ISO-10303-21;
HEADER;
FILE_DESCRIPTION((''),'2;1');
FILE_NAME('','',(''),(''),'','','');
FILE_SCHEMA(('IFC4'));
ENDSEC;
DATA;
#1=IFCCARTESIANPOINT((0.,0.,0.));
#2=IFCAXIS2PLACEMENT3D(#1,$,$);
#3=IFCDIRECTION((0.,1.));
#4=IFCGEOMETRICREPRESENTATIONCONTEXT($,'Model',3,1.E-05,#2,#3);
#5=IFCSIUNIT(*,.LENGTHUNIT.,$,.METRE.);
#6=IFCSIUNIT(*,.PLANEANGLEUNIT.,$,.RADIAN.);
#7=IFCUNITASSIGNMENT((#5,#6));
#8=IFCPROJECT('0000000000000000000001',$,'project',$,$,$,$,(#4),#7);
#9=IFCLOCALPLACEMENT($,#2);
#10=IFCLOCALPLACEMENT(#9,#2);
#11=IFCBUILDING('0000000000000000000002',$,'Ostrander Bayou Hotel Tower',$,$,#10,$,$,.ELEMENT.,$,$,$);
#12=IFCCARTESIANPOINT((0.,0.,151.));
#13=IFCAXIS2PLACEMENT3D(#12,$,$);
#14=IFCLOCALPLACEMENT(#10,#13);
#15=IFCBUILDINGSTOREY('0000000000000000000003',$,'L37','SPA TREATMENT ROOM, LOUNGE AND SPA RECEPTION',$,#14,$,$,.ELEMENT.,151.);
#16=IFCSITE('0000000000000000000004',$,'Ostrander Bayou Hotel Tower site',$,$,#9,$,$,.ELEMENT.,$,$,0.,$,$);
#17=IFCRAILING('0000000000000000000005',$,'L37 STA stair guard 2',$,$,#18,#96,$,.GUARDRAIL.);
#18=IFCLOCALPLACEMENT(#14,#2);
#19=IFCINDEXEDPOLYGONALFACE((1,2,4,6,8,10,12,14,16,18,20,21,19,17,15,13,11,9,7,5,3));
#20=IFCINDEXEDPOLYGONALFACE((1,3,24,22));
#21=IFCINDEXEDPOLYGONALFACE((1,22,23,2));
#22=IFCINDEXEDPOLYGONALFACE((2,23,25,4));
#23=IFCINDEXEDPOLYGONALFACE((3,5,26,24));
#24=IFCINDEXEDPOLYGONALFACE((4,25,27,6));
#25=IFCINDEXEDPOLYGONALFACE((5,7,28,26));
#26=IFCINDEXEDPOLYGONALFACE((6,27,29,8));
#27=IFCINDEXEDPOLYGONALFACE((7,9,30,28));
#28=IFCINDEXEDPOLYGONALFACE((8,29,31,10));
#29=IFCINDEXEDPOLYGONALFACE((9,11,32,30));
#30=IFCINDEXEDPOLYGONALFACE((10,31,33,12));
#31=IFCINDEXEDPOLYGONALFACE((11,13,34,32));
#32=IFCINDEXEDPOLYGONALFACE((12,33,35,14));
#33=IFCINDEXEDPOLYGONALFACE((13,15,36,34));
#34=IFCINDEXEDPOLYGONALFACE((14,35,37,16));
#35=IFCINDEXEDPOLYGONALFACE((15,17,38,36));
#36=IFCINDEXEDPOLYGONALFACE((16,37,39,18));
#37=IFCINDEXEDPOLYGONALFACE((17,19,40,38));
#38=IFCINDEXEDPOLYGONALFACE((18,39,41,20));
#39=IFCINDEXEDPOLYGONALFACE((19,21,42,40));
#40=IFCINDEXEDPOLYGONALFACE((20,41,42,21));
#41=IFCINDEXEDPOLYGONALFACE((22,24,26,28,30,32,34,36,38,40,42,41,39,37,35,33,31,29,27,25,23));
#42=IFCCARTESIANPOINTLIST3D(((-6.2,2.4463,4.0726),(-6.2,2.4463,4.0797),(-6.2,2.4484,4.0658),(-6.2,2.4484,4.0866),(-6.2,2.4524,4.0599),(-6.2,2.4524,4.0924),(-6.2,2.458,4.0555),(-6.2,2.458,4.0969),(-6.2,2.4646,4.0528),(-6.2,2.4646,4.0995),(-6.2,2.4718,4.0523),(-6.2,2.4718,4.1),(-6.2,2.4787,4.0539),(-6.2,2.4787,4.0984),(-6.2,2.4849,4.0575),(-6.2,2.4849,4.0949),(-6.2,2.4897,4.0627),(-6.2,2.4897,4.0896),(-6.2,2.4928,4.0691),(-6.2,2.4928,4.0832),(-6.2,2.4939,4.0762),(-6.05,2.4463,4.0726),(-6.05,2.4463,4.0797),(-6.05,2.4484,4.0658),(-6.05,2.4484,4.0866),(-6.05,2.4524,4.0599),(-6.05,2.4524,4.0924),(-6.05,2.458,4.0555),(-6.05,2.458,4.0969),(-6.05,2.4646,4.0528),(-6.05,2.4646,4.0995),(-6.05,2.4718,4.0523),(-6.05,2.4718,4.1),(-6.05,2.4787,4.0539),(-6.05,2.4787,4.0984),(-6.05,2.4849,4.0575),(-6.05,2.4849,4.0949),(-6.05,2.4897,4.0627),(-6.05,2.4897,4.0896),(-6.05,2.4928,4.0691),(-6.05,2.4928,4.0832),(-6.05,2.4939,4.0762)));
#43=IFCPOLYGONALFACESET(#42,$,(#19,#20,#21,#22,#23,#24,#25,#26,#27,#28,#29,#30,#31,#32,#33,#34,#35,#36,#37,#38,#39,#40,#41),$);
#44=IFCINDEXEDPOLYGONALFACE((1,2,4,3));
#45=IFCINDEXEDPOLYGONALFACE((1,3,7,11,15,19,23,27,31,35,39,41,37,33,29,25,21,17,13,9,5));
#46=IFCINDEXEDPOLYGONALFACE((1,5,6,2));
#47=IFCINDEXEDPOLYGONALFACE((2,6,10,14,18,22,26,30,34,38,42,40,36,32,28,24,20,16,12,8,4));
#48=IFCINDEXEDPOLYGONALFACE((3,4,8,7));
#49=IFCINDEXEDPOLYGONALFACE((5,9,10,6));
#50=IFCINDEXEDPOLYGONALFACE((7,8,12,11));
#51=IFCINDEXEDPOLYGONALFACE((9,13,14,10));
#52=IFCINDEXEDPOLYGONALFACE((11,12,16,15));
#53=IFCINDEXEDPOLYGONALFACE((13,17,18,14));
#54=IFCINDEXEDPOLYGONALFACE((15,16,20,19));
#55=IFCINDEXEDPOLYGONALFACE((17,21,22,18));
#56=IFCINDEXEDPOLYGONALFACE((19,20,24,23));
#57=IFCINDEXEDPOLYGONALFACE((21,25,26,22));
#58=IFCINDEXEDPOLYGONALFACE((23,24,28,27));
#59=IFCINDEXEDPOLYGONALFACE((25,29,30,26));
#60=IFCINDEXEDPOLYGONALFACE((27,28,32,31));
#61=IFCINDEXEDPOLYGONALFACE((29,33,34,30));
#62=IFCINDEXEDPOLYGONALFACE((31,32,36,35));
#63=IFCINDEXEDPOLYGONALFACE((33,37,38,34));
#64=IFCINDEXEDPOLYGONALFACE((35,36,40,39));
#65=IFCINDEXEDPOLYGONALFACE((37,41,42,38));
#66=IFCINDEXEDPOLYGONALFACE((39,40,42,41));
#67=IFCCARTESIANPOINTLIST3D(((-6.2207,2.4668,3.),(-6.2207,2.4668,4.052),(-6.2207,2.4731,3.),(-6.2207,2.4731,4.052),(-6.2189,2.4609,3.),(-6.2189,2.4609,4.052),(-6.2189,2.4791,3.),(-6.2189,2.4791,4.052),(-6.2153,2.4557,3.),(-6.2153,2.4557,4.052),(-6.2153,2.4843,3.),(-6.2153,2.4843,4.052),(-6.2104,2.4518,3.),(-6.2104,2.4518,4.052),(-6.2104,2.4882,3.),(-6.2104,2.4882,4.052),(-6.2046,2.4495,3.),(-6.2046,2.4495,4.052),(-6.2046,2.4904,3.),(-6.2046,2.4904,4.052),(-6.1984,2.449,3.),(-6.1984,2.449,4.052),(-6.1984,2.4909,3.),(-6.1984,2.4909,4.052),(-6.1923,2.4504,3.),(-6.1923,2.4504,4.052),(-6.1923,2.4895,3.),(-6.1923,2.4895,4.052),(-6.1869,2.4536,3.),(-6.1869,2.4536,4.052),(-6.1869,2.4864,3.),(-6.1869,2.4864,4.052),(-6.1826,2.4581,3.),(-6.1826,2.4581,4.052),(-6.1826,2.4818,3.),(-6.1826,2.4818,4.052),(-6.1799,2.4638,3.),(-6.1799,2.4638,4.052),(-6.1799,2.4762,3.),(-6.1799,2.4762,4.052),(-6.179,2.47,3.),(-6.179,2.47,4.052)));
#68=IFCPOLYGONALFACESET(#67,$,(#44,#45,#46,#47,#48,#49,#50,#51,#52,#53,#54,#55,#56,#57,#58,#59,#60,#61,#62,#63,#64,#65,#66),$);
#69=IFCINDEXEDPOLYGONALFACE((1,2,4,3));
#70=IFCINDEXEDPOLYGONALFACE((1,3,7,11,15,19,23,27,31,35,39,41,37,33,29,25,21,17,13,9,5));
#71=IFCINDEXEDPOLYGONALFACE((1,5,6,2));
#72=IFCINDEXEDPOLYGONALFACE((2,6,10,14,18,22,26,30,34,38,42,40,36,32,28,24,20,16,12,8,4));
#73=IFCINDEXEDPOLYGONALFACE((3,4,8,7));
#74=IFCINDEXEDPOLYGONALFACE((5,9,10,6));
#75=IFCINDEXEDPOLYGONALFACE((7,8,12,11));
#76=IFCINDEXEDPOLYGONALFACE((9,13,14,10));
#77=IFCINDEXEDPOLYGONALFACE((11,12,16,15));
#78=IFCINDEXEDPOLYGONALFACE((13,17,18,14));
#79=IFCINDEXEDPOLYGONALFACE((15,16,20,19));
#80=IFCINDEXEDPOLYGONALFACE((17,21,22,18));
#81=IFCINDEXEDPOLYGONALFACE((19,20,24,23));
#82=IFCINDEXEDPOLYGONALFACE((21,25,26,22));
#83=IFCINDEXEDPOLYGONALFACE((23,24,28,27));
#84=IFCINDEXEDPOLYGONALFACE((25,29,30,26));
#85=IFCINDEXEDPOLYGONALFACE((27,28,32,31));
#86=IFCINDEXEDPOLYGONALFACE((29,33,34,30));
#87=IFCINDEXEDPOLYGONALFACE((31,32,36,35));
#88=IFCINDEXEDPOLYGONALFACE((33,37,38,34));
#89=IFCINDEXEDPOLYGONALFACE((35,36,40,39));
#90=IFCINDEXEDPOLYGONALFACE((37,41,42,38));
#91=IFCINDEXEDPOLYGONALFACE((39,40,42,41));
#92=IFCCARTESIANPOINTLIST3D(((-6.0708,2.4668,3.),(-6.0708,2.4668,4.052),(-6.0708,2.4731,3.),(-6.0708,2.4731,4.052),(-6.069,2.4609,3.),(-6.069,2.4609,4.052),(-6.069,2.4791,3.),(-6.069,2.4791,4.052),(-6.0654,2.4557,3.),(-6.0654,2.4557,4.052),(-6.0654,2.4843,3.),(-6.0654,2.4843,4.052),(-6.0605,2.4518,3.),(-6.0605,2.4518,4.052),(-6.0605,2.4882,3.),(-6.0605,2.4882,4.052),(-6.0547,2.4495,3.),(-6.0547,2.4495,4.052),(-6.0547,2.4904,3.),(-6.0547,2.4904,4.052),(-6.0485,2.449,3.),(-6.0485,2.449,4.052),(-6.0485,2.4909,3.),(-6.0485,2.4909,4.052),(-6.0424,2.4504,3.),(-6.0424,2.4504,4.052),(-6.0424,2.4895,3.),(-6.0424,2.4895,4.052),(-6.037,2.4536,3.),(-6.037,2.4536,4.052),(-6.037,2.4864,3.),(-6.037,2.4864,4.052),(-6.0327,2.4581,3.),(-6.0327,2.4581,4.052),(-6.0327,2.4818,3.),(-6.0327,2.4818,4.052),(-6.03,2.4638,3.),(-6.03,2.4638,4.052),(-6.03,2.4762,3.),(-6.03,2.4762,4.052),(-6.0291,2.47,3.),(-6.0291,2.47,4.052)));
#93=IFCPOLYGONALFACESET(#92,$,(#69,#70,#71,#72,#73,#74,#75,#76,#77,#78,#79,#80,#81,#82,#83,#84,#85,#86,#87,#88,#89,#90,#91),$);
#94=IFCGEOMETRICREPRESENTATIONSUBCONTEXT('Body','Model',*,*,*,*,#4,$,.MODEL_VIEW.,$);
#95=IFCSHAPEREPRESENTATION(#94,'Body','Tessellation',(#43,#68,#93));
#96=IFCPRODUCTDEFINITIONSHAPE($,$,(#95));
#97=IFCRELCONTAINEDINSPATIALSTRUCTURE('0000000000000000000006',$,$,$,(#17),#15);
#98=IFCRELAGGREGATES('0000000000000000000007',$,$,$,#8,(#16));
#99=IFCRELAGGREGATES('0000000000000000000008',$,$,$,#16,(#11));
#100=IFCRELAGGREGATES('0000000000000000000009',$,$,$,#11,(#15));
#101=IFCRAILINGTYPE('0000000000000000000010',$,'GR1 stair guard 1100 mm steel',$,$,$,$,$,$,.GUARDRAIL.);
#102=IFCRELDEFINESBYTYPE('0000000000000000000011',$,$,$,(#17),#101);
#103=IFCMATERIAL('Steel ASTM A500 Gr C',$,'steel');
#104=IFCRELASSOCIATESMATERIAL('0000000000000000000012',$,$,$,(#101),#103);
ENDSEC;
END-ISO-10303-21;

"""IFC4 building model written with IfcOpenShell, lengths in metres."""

from ifc_helpers import new_model, si_unit, direction, frame, origin, origin_2d, place, context, subcontext, project, spatial, circle, extrude, material, type_object, element, save


model = new_model("IFC4")

# Units and contexts
model_context = context("Model", 3, precision=1e-05, world=origin(), true_north=direction((0.0, 1.0)))
body_context = subcontext(model_context, "Body", "Model", "MODEL_VIEW")
ifc_project = project(units=[si_unit("LENGTHUNIT", "METRE"), si_unit("PLANEANGLEUNIT", "RADIAN")], contexts=[model_context])

# Site, building, storey
site_placement = place(None, origin())
site = spatial("IfcSite", under=ifc_project, at=site_placement, Name="Ostrander Bayou Hotel Tower site", CompositionType="ELEMENT", RefElevation=0.0)
building_placement = place(site_placement, origin())
building = spatial("IfcBuilding", under=site, at=building_placement, Name="Ostrander Bayou Hotel Tower", CompositionType="ELEMENT")
storey_placement = place(building_placement, frame((0.0, 0.0, 151.0)))
storey = spatial("IfcBuildingStorey", under=building, at=storey_placement, Name="L37", Description="SPA TREATMENT ROOM, LOUNGE AND SPA RECEPTION", CompositionType="ELEMENT", Elevation=151.0)

# Railing
ifc_material_1 = material(Name="Steel ASTM A500 Gr C", Category="steel")
railing_type_1 = type_object("IfcRailingType", Name="GR1 stair guard 1100 mm steel", PredefinedType="GUARDRAIL", material=ifc_material_1)
railing_1_placement = place(storey_placement, frame((-6.2, 2.47, 3.0)))
element("IfcRailing", 1, at=railing_1_placement, inside=storey, type_object=railing_type_1, Name="L37 STA stair guard 2", PredefinedType="GUARDRAIL", context=body_context, shape_type="SweptSolid", body=[
    extrude(circle(Radius=0.0239, at=origin_2d()), frame((0.0, 0.0, 1.0762), z_axis=(1.0, 0.0, 0.0), x_axis=(0.0, 1.0, 0.0)), (0.0, 0.0, 1.0), 0.1499),
    extrude(circle(Radius=0.021, at=origin_2d()), origin(), (0.0, 0.0, 1.0), 1.052),
    extrude(circle(Radius=0.021, at=origin_2d()), frame((0.1499, 0.0, 0.0)), (0.0, 0.0, 1.0), 1.052),
])

save(model, "model.ifc")
